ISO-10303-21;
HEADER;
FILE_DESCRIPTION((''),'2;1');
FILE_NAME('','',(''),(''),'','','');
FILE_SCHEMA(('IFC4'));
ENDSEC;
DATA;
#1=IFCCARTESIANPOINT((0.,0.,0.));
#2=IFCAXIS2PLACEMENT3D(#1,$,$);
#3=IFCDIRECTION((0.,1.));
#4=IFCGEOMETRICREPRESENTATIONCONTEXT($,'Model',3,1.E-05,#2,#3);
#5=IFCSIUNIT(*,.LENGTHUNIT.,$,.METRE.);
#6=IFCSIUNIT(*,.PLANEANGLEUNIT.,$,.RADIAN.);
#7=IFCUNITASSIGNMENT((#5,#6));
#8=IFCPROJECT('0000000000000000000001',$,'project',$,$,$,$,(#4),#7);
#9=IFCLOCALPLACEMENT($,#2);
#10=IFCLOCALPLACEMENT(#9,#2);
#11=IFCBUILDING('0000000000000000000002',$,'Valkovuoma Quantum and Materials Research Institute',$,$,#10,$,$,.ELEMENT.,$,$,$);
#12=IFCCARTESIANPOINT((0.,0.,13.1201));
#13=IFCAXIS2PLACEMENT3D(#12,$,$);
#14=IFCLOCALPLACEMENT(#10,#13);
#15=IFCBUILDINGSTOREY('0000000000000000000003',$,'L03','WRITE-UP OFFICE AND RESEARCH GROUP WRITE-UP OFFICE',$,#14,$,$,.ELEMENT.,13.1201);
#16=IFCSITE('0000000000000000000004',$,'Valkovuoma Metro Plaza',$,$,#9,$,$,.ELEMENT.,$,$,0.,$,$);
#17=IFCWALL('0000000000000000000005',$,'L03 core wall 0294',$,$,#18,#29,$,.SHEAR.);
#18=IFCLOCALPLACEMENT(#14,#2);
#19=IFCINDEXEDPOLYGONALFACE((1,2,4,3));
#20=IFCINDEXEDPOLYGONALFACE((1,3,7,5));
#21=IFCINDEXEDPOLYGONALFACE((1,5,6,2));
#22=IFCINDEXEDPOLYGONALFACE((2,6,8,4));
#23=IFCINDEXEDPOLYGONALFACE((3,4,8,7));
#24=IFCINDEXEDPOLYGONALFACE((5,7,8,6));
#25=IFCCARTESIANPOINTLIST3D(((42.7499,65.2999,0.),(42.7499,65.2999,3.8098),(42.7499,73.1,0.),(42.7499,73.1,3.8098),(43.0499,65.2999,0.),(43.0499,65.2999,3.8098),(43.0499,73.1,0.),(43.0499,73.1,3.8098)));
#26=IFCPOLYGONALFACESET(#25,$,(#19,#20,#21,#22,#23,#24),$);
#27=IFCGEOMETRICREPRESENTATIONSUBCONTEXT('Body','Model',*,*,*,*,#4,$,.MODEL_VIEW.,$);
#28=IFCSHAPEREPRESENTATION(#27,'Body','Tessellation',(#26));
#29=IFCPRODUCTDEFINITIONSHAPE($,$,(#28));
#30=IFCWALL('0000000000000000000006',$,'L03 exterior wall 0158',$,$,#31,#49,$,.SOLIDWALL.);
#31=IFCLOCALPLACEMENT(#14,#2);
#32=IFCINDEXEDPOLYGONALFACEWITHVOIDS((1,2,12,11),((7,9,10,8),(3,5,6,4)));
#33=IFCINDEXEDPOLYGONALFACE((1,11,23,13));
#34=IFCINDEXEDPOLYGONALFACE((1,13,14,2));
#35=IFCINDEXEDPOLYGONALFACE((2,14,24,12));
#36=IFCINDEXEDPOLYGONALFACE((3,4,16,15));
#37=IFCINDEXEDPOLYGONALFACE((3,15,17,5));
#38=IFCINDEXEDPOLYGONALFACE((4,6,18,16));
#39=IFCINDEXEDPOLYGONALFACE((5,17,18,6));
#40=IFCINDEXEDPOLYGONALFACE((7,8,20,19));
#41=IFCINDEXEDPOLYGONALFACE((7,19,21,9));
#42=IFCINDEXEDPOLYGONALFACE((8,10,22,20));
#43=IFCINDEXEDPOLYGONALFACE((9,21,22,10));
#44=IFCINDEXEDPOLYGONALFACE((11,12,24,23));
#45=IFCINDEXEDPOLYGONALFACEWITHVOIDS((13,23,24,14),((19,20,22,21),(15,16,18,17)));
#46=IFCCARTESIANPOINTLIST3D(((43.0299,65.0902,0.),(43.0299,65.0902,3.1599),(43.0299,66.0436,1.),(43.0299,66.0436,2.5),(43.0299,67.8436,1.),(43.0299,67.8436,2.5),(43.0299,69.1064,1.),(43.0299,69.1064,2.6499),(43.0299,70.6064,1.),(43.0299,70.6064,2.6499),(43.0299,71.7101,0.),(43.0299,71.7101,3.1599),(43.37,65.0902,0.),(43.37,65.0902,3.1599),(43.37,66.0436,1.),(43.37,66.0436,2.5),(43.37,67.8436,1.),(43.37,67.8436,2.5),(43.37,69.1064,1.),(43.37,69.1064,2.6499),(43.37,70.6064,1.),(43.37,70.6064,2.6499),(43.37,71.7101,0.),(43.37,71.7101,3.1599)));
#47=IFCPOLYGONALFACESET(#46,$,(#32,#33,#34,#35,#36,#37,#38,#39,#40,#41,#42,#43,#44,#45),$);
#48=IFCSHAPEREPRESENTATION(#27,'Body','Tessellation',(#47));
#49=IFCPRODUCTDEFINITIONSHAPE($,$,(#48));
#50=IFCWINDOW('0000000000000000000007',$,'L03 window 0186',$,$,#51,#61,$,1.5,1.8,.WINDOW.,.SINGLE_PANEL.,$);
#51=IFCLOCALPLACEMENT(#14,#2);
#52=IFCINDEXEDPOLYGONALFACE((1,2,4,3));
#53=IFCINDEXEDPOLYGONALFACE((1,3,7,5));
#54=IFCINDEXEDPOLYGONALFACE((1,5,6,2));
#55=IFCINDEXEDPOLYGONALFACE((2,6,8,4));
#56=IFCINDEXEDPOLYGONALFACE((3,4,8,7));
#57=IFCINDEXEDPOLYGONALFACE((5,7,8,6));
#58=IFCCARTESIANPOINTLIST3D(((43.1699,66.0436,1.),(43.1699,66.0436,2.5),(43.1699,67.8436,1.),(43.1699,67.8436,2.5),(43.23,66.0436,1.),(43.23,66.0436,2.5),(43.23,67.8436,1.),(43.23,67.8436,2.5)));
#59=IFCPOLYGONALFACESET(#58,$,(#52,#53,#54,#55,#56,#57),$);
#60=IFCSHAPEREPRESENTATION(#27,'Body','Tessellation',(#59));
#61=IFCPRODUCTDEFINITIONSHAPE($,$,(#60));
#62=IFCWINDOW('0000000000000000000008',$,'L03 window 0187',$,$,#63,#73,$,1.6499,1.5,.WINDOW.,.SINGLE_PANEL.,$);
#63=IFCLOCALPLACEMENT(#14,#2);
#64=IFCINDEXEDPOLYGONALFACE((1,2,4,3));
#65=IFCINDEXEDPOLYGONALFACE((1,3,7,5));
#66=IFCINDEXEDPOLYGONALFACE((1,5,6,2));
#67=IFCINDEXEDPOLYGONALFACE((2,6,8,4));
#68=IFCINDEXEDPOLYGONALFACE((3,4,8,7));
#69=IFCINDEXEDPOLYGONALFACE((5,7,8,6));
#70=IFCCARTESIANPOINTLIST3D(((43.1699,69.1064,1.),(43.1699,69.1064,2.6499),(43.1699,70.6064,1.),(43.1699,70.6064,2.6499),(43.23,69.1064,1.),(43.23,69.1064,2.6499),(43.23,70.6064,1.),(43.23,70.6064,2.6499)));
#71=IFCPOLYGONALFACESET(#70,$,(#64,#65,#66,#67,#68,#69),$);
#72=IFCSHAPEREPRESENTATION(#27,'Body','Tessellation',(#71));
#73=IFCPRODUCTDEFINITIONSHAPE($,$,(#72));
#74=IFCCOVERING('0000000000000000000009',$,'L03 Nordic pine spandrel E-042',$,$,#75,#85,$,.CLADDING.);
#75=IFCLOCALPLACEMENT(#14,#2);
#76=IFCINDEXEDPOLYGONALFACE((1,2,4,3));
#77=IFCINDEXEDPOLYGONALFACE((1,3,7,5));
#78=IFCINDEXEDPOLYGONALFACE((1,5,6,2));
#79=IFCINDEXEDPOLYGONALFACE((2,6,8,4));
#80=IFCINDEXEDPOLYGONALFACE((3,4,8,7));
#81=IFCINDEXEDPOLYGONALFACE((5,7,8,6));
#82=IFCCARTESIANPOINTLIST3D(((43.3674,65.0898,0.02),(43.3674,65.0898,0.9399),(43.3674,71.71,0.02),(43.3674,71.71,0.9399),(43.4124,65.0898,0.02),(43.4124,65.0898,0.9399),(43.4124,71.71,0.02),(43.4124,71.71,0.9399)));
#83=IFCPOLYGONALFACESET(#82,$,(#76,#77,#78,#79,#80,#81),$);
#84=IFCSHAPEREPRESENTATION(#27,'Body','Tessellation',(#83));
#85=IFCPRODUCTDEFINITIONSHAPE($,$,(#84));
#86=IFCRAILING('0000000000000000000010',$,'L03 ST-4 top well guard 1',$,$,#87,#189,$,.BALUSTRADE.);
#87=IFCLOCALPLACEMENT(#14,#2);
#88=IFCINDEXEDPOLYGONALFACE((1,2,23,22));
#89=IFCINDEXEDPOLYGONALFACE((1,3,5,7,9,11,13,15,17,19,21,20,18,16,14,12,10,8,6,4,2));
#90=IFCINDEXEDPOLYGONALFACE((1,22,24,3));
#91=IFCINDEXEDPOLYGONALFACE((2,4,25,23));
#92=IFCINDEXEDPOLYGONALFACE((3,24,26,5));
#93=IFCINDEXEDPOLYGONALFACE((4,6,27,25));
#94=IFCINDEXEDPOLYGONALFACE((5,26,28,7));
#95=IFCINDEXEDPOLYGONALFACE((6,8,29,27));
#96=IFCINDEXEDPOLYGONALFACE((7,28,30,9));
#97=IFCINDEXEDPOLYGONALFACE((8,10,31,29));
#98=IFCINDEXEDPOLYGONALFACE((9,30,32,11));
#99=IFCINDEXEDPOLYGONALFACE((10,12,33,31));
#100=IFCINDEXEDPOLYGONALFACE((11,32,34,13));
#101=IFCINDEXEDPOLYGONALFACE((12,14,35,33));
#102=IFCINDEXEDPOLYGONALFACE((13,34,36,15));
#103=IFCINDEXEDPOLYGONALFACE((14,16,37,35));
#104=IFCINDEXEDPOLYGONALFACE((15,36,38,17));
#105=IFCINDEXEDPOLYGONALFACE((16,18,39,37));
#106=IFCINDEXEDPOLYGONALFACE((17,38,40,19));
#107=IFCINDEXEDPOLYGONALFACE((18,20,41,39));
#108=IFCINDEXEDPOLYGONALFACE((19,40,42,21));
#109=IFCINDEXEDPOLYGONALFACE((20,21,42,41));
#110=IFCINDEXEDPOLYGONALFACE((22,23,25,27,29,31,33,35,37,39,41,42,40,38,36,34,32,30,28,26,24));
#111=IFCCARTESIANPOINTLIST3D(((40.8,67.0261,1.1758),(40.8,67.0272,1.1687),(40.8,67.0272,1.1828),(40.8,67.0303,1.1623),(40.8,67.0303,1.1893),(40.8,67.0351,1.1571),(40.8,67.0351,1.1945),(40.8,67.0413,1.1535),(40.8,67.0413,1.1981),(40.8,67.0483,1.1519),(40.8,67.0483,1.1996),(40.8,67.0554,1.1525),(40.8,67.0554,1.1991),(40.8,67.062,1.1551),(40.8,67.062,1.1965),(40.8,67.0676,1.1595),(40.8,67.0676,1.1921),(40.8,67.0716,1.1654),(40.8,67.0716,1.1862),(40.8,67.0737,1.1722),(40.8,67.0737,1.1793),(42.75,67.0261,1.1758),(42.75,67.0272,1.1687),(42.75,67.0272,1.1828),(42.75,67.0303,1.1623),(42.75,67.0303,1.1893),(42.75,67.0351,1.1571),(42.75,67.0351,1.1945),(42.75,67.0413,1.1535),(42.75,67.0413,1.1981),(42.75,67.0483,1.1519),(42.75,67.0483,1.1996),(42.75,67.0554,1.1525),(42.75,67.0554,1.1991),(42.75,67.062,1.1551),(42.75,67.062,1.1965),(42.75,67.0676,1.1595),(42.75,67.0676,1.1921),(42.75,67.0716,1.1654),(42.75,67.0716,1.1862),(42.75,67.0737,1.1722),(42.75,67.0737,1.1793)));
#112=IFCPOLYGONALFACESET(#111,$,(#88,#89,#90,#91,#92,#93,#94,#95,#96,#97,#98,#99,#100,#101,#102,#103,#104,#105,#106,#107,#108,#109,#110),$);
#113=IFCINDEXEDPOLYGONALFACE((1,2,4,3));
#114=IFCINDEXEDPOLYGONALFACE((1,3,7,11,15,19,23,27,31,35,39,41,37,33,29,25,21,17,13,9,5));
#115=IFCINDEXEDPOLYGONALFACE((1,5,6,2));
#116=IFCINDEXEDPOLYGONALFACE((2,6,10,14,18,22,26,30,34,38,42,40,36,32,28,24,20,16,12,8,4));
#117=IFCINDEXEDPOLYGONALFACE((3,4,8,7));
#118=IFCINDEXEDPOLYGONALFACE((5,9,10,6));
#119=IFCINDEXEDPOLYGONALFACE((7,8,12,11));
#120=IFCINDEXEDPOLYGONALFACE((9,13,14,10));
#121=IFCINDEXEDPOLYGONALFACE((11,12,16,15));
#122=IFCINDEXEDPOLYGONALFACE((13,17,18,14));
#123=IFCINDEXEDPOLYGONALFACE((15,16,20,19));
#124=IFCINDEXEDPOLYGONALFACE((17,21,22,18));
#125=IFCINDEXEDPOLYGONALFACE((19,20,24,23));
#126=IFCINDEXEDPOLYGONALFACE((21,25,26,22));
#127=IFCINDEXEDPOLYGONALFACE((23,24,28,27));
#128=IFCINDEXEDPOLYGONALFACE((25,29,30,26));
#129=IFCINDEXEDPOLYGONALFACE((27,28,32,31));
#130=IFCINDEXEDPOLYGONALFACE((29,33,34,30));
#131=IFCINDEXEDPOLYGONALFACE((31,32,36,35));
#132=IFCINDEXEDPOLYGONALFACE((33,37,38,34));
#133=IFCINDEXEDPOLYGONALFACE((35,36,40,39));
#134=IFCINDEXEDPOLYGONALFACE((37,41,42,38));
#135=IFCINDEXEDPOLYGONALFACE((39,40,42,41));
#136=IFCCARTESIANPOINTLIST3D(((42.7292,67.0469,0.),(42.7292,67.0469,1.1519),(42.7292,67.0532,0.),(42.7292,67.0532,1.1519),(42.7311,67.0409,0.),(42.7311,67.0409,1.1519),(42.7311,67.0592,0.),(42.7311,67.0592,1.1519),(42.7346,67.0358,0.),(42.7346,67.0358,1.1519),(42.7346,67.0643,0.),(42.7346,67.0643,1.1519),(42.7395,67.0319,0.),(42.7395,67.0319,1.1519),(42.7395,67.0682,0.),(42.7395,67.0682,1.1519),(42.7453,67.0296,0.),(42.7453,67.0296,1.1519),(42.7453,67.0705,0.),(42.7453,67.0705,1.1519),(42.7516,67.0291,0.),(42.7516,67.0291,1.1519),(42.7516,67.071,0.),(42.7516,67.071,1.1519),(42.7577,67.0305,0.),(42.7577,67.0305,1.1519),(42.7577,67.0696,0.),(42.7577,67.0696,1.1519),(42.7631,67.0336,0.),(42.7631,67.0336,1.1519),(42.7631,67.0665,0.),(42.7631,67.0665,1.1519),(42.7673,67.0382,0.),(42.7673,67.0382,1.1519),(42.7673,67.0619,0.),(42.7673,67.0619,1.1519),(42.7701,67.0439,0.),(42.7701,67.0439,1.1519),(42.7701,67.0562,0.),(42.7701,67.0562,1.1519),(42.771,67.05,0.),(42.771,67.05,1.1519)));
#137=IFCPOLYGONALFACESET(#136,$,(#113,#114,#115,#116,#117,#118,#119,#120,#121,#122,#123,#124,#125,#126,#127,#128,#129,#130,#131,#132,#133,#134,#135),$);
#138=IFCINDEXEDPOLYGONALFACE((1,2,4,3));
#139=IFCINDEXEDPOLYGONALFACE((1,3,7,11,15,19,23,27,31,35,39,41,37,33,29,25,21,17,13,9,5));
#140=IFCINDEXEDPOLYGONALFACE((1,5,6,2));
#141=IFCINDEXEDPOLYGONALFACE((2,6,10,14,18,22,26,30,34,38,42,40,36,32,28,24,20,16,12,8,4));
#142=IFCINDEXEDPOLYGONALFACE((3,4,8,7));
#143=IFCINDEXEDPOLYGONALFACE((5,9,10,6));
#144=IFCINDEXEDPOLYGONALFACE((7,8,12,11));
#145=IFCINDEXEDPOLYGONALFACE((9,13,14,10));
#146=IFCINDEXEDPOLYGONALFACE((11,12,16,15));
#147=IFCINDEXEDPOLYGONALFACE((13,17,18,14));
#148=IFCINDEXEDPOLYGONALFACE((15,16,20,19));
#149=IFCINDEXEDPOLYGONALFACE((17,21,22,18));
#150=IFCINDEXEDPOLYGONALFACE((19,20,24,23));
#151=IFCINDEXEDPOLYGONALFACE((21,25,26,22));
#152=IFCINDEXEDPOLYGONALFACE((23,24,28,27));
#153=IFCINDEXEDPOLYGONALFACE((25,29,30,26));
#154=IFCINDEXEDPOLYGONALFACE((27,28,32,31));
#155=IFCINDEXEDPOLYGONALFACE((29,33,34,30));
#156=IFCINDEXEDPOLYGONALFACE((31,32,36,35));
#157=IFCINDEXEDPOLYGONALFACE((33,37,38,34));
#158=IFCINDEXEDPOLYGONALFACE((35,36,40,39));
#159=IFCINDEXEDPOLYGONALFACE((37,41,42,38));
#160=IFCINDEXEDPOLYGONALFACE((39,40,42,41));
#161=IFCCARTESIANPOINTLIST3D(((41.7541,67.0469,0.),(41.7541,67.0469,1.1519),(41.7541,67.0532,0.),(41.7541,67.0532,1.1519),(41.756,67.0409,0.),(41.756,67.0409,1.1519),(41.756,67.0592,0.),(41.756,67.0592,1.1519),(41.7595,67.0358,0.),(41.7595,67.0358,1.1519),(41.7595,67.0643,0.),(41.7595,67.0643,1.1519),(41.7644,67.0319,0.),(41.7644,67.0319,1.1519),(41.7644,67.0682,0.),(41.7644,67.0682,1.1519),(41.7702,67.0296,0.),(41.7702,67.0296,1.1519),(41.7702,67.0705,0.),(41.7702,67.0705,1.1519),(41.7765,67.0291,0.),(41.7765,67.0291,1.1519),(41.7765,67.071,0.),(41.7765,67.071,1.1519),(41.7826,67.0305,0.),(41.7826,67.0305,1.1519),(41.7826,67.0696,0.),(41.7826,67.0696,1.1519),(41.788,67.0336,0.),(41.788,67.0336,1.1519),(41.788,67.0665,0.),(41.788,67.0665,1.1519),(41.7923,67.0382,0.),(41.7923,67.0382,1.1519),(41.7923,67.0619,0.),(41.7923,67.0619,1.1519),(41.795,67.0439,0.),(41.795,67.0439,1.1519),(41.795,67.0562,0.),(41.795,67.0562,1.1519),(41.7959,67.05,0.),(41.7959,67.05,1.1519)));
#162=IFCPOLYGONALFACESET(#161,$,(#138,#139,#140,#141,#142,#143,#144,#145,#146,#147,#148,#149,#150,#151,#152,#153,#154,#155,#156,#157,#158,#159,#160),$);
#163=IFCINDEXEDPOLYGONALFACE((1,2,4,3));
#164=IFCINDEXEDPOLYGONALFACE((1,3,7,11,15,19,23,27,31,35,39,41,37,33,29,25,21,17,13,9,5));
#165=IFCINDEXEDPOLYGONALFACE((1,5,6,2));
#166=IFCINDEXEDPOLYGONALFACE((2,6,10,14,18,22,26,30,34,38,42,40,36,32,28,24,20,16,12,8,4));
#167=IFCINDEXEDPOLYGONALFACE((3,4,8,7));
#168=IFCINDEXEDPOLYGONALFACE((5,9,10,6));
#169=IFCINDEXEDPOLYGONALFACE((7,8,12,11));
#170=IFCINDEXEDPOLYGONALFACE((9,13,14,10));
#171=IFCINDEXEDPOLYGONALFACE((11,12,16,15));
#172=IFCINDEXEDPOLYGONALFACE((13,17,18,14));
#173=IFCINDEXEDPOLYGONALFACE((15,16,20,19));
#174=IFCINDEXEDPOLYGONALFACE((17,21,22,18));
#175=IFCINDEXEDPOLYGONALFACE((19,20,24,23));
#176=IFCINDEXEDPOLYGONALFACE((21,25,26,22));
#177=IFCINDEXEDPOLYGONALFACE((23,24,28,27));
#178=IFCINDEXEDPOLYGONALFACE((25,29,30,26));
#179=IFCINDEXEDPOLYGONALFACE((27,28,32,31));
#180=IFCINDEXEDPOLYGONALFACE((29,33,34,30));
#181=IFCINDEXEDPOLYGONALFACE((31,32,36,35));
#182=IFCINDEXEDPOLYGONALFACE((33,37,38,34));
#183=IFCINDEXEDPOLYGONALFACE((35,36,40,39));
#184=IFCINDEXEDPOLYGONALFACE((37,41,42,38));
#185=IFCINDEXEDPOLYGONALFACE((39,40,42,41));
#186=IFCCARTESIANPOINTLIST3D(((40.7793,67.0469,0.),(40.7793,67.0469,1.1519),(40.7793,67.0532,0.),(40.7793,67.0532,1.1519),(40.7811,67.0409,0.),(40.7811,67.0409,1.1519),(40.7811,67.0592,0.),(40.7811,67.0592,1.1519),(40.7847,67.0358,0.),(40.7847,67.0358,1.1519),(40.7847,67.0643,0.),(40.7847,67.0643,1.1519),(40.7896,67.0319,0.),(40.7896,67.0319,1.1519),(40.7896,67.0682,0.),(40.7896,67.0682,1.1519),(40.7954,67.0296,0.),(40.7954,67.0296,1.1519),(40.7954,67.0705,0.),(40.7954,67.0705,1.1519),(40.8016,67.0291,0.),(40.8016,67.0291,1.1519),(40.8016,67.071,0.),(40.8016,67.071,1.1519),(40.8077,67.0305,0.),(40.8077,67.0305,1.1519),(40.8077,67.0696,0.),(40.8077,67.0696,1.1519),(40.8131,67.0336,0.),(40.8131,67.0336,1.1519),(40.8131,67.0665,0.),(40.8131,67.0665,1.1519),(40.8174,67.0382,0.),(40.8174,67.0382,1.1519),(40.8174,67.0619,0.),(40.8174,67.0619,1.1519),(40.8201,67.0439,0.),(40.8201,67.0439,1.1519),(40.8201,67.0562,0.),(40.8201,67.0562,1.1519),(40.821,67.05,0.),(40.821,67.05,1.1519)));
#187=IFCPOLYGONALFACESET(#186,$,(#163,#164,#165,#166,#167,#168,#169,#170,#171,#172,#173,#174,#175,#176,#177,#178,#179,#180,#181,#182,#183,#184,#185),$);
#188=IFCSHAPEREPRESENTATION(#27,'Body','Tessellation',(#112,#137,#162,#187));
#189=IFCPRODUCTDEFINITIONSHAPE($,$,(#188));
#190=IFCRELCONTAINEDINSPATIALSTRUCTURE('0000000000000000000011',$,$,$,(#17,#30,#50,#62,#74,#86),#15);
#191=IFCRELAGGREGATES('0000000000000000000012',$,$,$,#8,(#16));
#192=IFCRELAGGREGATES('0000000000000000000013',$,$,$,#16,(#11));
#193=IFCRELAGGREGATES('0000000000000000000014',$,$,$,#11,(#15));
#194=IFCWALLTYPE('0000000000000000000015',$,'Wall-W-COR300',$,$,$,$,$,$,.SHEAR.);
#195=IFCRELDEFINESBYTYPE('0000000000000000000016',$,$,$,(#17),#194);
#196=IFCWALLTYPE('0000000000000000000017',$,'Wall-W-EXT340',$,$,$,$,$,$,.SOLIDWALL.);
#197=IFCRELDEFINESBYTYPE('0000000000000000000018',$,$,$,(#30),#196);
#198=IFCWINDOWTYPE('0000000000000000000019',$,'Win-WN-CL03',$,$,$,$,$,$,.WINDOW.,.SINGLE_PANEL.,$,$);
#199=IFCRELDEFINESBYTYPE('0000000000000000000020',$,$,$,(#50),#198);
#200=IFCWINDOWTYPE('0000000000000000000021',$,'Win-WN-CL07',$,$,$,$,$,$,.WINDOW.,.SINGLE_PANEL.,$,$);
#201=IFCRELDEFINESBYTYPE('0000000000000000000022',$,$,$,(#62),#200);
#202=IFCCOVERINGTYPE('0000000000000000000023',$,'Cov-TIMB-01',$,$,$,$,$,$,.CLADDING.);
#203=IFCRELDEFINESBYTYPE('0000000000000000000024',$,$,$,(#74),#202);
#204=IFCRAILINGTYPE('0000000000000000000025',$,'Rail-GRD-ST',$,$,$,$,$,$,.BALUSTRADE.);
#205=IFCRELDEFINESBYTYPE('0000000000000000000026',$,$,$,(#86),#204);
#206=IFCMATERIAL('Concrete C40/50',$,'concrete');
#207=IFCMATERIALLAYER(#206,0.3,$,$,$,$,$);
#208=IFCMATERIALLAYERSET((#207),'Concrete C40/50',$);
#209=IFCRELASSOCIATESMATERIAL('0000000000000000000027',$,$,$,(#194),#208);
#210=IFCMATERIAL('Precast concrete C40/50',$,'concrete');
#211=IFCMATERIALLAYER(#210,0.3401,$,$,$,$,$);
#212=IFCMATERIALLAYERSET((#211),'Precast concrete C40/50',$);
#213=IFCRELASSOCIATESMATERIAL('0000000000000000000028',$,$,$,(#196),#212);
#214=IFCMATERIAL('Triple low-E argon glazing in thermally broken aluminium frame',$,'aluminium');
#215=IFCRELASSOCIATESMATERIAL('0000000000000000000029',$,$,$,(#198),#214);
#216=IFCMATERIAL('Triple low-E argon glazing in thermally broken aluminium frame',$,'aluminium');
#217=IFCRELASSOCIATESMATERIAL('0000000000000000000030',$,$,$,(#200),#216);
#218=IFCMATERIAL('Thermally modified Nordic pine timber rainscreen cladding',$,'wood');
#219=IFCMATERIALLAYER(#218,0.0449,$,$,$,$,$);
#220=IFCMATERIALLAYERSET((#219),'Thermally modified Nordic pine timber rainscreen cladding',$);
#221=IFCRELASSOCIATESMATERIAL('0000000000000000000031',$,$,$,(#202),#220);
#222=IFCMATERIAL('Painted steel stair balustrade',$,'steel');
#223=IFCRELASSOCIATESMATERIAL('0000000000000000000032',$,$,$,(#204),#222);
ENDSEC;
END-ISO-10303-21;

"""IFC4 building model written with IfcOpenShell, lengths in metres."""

from ifc_helpers import new_model, si_unit, direction, frame, frame_2d, origin, origin_2d, place, context, subcontext, project, spatial, rectangle, circle, extrude, material, layer, layer_set, type_object, element, fill, save


model = new_model("IFC4")

# Units and contexts
model_context = context("Model", 3, precision=1e-05, world=origin(), true_north=direction((0.0, 1.0)))
body_context = subcontext(model_context, "Body", "Model", "MODEL_VIEW")
ifc_project = project(units=[si_unit("LENGTHUNIT", "METRE"), si_unit("PLANEANGLEUNIT", "RADIAN")], contexts=[model_context])

# Site, building, storey
site_placement = place(None, origin())
site = spatial("IfcSite", under=ifc_project, at=site_placement, Name="Valkovuoma Metro Plaza", CompositionType="ELEMENT", RefElevation=0.0)
building_placement = place(site_placement, origin())
building = spatial("IfcBuilding", under=site, at=building_placement, Name="Valkovuoma Quantum and Materials Research Institute", CompositionType="ELEMENT")
storey_placement = place(building_placement, frame((0.0, 0.0, 13.1201)))
storey = spatial("IfcBuildingStorey", under=building, at=storey_placement, Name="L03", Description="WRITE-UP OFFICE AND RESEARCH GROUP WRITE-UP OFFICE", CompositionType="ELEMENT", Elevation=13.1201)

# Shared definitions
ifc_material_1 = material(Name="Concrete C40/50", Category="concrete")
ifc_layer_1 = layer(ifc_material_1, 0.3)
ifc_layer_set_1 = layer_set([ifc_layer_1], Name="Concrete C40/50")
wall_type_1 = type_object("IfcWallType", Name="Wall-W-COR300", PredefinedType="SHEAR", material=ifc_layer_set_1)

# Wall
wall_1_placement = place(storey_placement, frame((42.8999, 65.3, 0.0), z_axis=(0.0, 0.0, 1.0), x_axis=(0.0, 1.0, 0.0)))
element("IfcWall", 1, at=wall_1_placement, inside=storey, type_object=wall_type_1, Name="L03 core wall 0294", PredefinedType="SHEAR", context=body_context, shape_type="SweptSolid", body=[
    extrude(rectangle(XDim=7.8, YDim=0.3, at=frame_2d((3.8999, 0.0))), origin(), (0.0, 0.0, 1.0), 3.8098),
])

# Wall, openings, windows
ifc_material_2 = material(Name="Precast concrete C40/50", Category="concrete")
ifc_layer_2 = layer(ifc_material_2, 0.3401)
ifc_layer_set_2 = layer_set([ifc_layer_2], Name="Precast concrete C40/50")
wall_type_2 = type_object("IfcWallType", Name="Wall-W-EXT340", PredefinedType="SOLIDWALL", material=ifc_layer_set_2)
wall_2_placement = place(storey_placement, frame((43.2, 65.0901, 0.0), z_axis=(0.0, 0.0, 1.0), x_axis=(0.0, 1.0, 0.0)))
wall_2 = element("IfcWall", 2, at=wall_2_placement, inside=storey, type_object=wall_type_2, Name="L03 exterior wall 0158", PredefinedType="SOLIDWALL", context=body_context, shape_type="SweptSolid", body=[
    extrude(rectangle(XDim=6.6199, YDim=0.3401, at=frame_2d((3.3101, 0.0))), origin(), (0.0, 0.0, 1.0), 3.1599),
])
opening_1_placement = place(wall_2_placement, frame((0.9536, 0.0, 1.0)))
opening_1 = element("IfcOpeningElement", 3, at=opening_1_placement, cuts=wall_2, PredefinedType="OPENING", context=body_context, shape_type="SweptSolid", body=[
    extrude(rectangle(XDim=1.8, YDim=1.5, at=frame_2d((0.8999, 0.75))), frame((0.0, 0.1802, 0.0), z_axis=(0.0, -1.0, 0.0), x_axis=(1.0, 0.0, 0.0)), (0.0, 0.0, 1.0), 0.3601),
])
opening_2_placement = place(wall_2_placement, frame((4.0164, 0.0, 1.0)))
opening_2 = element("IfcOpeningElement", 4, at=opening_2_placement, cuts=wall_2, PredefinedType="OPENING", context=body_context, shape_type="SweptSolid", body=[
    extrude(rectangle(XDim=1.5, YDim=1.6499, at=frame_2d((0.75, 0.825))), frame((0.0, 0.1802, 0.0), z_axis=(0.0, -1.0, 0.0), x_axis=(1.0, 0.0, 0.0)), (0.0, 0.0, 1.0), 0.3601),
])
ifc_material_3 = material(Name="Triple low-E argon glazing in thermally broken aluminium frame", Category="aluminium")
window_type_1 = type_object("IfcWindowType", Name="Win-WN-CL03", PartitioningType="SINGLE_PANEL", PredefinedType="WINDOW", material=ifc_material_3)
window_1_placement = place(opening_1_placement, origin())
window_1 = element("IfcWindow", 5, at=window_1_placement, inside=storey, type_object=window_type_1, Name="L03 window 0186", OverallHeight=1.5, OverallWidth=1.8, PartitioningType="SINGLE_PANEL", PredefinedType="WINDOW", context=body_context, shape_type="SweptSolid", body=[
    extrude(rectangle(XDim=1.8, YDim=1.5, at=frame_2d((0.8999, 0.75))), frame((0.0, 0.03, 0.0), z_axis=(0.0, -1.0, 0.0), x_axis=(1.0, 0.0, 0.0)), (0.0, 0.0, 1.0), 0.0601),
])
fill(opening_1, window_1)
ifc_material_4 = material(Name="Triple low-E argon glazing in thermally broken aluminium frame", Category="aluminium")
window_type_2 = type_object("IfcWindowType", Name="Win-WN-CL07", PartitioningType="SINGLE_PANEL", PredefinedType="WINDOW", material=ifc_material_4)
window_2_placement = place(opening_2_placement, origin())
window_2 = element("IfcWindow", 6, at=window_2_placement, inside=storey, type_object=window_type_2, Name="L03 window 0187", OverallHeight=1.6499, OverallWidth=1.5, PartitioningType="SINGLE_PANEL", PredefinedType="WINDOW", context=body_context, shape_type="SweptSolid", body=[
    extrude(rectangle(XDim=1.5, YDim=1.6499, at=frame_2d((0.75, 0.825))), frame((0.0, 0.03, 0.0), z_axis=(0.0, -1.0, 0.0), x_axis=(1.0, 0.0, 0.0)), (0.0, 0.0, 1.0), 0.0601),
])
fill(opening_2, window_2)

# Covering
ifc_material_5 = material(Name="Thermally modified Nordic pine timber rainscreen cladding", Category="wood")
ifc_layer_3 = layer(ifc_material_5, 0.0449)
ifc_layer_set_3 = layer_set([ifc_layer_3], Name="Thermally modified Nordic pine timber rainscreen cladding")
covering_type = type_object("IfcCoveringType", Name="Cov-TIMB-01", PredefinedType="CLADDING", material=ifc_layer_set_3)
covering_placement = place(storey_placement, frame((43.3899, 68.3999, 0.02), z_axis=(0.0, 0.0, 1.0), x_axis=(1.0, 0.0, 0.0)))
element("IfcCovering", 7, at=covering_placement, inside=storey, type_object=covering_type, Name="L03 Nordic pine spandrel E-042", PredefinedType="CLADDING", context=body_context, shape_type="SweptSolid", body=[
    extrude(rectangle(XDim=0.0449, YDim=6.6201, at=origin_2d()), origin(), (0.0, 0.0, 1.0), 0.9199),
])

# Railing
ifc_material_6 = material(Name="Painted steel stair balustrade", Category="steel")
railing_type = type_object("IfcRailingType", Name="Rail-GRD-ST", PredefinedType="BALUSTRADE", material=ifc_material_6)
railing_placement = place(storey_placement, frame((42.75, 67.05, 0.0)))
element("IfcRailing", 8, at=railing_placement, inside=storey, type_object=railing_type, Name="L03 ST-4 top well guard 1", PredefinedType="BALUSTRADE", context=body_context, shape_type="SweptSolid", body=[
    extrude(circle(Radius=0.0239, at=origin_2d()), frame((0.0, 0.0, 1.1758), z_axis=(-1.0, 0.0, 0.0), x_axis=(0.0, -1.0, 0.0)), (0.0, 0.0, 1.0), 1.95),
    extrude(circle(Radius=0.021, at=origin_2d()), origin(), (0.0, 0.0, 1.0), 1.1519),
    extrude(circle(Radius=0.021, at=origin_2d()), frame((-0.9751, 0.0, 0.0)), (0.0, 0.0, 1.0), 1.1519),
    extrude(circle(Radius=0.021, at=origin_2d()), frame((-1.95, 0.0, 0.0)), (0.0, 0.0, 1.0), 1.1519),
])

save(model, "model.ifc")
